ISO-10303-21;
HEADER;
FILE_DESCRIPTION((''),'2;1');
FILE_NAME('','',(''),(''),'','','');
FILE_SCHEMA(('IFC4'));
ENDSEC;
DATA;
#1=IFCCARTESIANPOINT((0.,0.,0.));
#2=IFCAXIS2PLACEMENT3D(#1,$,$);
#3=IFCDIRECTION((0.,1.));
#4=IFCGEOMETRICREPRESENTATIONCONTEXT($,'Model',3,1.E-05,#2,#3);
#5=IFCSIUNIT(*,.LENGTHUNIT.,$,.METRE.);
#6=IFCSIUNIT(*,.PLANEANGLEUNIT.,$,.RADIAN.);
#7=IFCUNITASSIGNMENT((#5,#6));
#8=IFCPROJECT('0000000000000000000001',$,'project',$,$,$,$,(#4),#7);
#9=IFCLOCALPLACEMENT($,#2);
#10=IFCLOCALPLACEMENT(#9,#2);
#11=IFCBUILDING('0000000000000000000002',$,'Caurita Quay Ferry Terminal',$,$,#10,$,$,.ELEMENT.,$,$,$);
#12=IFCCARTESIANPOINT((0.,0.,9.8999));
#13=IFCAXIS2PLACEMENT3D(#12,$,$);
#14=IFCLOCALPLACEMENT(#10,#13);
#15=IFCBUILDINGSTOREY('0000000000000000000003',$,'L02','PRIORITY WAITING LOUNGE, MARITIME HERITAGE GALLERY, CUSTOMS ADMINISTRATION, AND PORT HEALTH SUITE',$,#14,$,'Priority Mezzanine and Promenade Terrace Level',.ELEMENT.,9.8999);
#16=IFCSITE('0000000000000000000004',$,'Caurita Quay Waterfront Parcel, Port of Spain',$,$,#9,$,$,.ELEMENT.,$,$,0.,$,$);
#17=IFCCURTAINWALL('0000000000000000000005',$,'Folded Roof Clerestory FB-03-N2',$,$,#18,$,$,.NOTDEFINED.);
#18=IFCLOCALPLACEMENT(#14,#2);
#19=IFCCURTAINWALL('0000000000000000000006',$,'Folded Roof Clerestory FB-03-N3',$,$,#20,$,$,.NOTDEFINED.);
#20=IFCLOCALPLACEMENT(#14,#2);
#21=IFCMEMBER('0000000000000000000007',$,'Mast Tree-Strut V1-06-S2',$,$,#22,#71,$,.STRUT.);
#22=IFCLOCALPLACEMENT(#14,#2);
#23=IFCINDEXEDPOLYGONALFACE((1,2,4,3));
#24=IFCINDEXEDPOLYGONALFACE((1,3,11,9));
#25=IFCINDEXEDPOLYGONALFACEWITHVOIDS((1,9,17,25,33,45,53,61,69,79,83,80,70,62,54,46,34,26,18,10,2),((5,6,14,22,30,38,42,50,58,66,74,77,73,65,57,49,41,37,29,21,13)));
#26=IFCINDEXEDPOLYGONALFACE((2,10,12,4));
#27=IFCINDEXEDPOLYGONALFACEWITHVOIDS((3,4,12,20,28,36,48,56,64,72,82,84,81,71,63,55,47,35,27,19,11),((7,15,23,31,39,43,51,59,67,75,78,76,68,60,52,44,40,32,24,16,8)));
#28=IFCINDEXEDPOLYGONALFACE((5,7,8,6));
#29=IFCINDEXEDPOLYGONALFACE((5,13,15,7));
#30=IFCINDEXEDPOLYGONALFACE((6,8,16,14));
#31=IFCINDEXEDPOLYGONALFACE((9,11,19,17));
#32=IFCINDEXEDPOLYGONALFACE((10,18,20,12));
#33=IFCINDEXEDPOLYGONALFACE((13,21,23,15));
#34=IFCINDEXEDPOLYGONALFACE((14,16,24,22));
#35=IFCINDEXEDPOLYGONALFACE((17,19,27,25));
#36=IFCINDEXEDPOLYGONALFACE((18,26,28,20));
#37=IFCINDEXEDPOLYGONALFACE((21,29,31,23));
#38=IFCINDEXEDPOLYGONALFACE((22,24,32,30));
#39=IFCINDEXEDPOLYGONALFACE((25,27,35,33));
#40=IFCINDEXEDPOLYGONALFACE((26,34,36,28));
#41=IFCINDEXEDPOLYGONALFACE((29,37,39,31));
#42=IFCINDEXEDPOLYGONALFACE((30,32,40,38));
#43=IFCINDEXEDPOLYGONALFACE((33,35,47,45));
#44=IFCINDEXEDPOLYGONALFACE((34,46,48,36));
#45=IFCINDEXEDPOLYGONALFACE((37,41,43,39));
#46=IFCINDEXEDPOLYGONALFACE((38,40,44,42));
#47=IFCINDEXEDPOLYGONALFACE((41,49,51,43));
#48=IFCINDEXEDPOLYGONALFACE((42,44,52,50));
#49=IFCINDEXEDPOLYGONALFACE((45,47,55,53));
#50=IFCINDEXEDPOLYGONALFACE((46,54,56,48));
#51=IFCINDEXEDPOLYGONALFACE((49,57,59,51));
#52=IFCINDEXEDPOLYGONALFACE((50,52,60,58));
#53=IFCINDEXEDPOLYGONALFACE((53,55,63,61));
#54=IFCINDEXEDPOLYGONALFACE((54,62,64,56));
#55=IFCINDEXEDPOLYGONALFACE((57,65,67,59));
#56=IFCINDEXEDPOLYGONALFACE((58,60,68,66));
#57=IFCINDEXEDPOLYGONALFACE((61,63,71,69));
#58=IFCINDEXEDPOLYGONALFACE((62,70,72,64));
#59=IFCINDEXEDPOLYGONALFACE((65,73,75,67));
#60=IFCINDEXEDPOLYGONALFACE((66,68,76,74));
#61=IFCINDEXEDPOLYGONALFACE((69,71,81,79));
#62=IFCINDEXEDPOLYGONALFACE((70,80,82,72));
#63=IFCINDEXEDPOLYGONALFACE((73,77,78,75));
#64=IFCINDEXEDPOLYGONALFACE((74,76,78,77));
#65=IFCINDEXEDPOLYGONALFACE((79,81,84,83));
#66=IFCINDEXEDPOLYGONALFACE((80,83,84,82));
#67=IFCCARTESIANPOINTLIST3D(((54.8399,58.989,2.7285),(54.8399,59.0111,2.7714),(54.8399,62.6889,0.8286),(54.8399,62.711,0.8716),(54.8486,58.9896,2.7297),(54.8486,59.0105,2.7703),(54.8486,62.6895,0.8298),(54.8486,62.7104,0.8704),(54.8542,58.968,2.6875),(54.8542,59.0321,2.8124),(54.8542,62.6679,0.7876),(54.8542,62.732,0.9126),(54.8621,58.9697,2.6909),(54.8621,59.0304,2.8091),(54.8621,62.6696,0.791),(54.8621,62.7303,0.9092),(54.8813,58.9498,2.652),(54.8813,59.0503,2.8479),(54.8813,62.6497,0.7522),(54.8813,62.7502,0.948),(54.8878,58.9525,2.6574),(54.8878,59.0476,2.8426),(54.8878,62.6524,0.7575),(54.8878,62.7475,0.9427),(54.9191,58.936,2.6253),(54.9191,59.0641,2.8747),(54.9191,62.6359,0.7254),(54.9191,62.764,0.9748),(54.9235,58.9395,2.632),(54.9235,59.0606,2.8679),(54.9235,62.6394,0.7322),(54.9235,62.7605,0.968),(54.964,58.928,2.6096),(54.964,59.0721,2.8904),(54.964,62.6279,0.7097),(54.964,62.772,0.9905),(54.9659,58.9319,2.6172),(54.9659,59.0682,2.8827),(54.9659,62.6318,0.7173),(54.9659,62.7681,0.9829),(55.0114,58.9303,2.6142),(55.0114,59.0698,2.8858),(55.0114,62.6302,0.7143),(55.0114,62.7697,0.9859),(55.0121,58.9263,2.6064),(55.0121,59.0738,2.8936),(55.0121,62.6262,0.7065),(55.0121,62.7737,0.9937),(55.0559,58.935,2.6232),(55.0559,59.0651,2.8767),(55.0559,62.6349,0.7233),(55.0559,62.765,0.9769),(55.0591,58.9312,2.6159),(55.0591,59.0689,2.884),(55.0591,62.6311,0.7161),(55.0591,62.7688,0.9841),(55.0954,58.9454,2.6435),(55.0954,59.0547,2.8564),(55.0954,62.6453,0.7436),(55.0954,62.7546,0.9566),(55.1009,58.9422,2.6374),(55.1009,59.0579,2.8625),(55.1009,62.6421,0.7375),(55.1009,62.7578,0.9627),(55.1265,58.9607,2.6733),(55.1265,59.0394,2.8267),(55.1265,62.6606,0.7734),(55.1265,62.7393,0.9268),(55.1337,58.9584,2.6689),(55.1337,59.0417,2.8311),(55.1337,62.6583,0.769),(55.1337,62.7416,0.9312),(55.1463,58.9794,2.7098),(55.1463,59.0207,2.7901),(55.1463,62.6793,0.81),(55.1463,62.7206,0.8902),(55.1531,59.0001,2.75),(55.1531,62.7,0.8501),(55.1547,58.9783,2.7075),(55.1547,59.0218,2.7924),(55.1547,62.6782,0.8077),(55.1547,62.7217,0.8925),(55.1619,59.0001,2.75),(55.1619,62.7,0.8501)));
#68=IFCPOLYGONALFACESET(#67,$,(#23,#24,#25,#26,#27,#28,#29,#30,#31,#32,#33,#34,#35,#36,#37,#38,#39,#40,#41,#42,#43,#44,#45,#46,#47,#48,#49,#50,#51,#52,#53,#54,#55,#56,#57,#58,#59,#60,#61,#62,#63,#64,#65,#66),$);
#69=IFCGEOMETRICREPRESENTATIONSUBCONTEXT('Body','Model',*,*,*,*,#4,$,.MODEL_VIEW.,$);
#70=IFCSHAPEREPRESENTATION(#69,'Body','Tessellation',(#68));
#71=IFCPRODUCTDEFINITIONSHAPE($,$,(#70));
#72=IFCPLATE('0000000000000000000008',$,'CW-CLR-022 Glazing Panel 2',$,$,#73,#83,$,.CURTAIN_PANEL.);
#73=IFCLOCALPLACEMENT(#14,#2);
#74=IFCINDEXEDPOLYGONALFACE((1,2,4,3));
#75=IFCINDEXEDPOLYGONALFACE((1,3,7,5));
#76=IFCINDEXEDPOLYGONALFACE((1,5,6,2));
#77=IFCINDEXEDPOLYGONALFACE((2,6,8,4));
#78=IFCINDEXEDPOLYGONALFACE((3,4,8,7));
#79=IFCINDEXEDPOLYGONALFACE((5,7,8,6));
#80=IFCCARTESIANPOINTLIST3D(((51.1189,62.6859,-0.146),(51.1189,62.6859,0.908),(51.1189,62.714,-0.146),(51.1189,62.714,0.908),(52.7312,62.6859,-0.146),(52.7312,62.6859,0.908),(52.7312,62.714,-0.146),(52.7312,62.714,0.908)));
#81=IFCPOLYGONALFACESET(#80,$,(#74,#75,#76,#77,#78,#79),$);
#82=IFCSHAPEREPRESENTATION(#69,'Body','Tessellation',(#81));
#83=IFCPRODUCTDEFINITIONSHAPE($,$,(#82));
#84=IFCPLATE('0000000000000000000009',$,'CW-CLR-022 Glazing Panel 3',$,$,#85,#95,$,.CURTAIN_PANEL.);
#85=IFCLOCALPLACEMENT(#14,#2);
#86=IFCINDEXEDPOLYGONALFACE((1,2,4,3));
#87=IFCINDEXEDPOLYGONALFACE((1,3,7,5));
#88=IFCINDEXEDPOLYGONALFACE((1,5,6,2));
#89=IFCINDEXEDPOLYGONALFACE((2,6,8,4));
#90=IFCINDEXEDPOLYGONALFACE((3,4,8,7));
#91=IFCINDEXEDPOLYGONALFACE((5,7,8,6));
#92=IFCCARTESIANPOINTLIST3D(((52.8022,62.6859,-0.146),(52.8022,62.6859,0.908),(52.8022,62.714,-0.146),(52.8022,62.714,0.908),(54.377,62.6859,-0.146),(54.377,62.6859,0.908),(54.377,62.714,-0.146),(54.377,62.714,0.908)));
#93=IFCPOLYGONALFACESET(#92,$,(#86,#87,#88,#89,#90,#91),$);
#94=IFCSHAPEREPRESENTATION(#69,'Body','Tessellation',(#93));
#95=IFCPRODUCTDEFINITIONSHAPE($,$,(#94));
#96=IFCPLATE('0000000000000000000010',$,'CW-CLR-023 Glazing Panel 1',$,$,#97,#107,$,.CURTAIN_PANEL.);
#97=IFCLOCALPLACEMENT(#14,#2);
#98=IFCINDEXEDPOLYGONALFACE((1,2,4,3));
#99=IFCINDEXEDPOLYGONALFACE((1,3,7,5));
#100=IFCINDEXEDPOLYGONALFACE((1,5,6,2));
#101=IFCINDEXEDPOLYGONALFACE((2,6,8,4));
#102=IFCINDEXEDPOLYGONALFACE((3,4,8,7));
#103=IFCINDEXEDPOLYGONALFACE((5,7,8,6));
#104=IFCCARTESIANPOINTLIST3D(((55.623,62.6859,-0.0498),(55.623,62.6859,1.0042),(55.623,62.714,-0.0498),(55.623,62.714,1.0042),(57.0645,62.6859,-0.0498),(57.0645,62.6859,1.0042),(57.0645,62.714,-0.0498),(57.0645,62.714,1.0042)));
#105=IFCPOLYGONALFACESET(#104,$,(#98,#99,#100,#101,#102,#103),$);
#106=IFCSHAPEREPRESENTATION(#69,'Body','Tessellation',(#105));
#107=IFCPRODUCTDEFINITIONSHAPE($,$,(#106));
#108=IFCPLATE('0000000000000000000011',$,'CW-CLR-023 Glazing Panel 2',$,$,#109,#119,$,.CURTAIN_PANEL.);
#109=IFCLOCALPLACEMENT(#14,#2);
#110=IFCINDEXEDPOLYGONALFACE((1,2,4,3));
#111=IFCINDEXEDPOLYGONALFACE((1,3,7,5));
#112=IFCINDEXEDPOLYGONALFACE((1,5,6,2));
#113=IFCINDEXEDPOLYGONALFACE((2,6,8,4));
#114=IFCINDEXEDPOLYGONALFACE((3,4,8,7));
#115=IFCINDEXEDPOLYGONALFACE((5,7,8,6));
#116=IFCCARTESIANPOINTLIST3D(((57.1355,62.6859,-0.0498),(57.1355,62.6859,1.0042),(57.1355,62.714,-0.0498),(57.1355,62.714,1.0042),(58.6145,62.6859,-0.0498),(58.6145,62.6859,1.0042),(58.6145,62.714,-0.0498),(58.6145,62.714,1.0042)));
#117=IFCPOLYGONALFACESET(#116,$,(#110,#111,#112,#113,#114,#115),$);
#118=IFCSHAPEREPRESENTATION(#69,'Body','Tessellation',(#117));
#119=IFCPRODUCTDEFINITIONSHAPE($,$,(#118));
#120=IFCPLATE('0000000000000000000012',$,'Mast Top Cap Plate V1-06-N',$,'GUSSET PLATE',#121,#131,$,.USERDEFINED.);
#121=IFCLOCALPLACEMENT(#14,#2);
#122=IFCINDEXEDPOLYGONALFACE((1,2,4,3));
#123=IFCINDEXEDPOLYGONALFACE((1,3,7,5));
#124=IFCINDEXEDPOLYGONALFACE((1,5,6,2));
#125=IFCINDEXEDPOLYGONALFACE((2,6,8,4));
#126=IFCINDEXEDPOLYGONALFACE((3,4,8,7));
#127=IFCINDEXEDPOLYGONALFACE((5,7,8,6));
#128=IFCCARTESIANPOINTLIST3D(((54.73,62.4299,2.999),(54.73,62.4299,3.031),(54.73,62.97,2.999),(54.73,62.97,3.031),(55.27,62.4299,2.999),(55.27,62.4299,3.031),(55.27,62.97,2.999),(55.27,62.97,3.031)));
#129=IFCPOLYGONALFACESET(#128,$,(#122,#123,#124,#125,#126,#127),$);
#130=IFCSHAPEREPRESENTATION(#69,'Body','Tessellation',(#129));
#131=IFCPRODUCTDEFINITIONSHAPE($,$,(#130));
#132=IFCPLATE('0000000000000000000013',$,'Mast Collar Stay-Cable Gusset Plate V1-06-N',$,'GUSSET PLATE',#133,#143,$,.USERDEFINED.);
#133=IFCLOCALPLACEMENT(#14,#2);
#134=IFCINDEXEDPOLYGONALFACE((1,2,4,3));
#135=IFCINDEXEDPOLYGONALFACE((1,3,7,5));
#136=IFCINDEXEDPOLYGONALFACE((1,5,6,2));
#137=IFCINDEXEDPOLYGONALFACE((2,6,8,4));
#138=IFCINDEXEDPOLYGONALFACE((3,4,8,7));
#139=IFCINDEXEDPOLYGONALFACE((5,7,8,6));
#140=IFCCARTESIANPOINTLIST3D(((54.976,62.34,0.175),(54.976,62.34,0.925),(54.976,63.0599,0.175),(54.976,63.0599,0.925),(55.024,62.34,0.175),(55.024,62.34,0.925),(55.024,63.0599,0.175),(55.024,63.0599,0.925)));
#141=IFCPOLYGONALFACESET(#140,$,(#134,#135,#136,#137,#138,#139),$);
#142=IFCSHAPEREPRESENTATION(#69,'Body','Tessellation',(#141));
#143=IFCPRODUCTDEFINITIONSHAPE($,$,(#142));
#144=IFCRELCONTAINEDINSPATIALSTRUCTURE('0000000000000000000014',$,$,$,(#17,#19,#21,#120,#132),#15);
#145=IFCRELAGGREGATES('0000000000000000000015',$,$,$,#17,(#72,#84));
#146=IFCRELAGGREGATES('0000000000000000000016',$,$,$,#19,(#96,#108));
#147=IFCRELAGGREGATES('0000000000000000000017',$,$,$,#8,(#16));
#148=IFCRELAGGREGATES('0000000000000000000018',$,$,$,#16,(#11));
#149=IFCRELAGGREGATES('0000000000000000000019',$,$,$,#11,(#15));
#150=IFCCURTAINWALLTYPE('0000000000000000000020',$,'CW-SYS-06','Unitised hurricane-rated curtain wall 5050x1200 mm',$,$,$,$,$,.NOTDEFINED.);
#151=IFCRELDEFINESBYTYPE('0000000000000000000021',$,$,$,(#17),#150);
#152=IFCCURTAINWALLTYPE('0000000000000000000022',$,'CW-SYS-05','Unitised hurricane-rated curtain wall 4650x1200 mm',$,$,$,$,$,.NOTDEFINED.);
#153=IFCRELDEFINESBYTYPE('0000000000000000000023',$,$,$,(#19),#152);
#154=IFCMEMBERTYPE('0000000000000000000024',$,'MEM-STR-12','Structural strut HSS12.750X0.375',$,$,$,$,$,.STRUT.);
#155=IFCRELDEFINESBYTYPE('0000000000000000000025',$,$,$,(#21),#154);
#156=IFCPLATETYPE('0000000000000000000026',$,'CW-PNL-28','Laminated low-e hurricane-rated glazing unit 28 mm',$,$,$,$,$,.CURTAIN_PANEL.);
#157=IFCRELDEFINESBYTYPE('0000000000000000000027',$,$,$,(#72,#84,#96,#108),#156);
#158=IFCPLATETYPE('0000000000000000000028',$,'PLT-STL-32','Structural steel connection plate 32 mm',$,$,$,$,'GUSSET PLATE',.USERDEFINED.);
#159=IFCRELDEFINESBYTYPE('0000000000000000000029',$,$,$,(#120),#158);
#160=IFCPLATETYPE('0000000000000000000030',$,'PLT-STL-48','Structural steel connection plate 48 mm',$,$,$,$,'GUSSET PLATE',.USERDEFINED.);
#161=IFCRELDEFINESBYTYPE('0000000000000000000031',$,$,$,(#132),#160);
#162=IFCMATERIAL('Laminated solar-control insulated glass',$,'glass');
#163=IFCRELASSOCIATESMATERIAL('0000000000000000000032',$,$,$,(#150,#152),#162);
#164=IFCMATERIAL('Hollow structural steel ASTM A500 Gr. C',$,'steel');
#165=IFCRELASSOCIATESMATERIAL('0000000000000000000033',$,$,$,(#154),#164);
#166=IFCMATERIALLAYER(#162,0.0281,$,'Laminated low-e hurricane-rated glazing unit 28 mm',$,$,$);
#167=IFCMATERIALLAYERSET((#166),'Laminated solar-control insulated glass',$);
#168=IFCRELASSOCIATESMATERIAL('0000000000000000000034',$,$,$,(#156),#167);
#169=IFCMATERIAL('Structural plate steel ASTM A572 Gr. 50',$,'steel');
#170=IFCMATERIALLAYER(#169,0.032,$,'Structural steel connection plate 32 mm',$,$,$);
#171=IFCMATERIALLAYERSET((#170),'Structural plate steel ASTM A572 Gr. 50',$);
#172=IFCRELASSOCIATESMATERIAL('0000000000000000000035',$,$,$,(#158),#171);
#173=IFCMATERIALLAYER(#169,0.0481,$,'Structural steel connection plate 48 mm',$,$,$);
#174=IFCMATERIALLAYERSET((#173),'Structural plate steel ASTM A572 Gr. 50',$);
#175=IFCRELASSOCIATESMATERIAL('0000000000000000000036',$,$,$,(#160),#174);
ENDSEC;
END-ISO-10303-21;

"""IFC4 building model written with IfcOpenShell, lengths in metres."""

from ifc_helpers import new_model, si_unit, direction, frame, origin, origin_2d, place, context, subcontext, project, spatial, rectangle, hollow_circle, extrude, material, layer, layer_set, material_profile, profile_set, type_object, element, aggregate, save


model = new_model("IFC4")

# Units and contexts
model_context = context("Model", 3, precision=1e-05, world=origin(), true_north=direction((0.0, 1.0)))
body_context = subcontext(model_context, "Body", "Model", "MODEL_VIEW")
ifc_project = project(units=[si_unit("LENGTHUNIT", "METRE"), si_unit("PLANEANGLEUNIT", "RADIAN")], contexts=[model_context])

# Site, building, storey
site_placement = place(None, origin())
site = spatial("IfcSite", under=ifc_project, at=site_placement, Name="Caurita Quay Waterfront Parcel, Port of Spain", CompositionType="ELEMENT", RefElevation=0.0)
building_placement = place(site_placement, origin())
building = spatial("IfcBuilding", under=site, at=building_placement, Name="Caurita Quay Ferry Terminal", CompositionType="ELEMENT")
storey_placement = place(building_placement, frame((0.0, 0.0, 9.8999)))
storey = spatial("IfcBuildingStorey", under=building, at=storey_placement, Name="L02", Description="PRIORITY WAITING LOUNGE, MARITIME HERITAGE GALLERY, CUSTOMS ADMINISTRATION, AND PORT HEALTH SUITE", LongName="Priority Mezzanine and Promenade Terrace Level", CompositionType="ELEMENT", Elevation=9.8999)

# Shared definitions
ifc_material_1 = material(Name="Hollow structural steel ASTM A500 Gr. C", Category="steel")

# Curtain walls
ifc_material_2 = material(Name="Laminated solar-control insulated glass", Category="glass")
curtain_wall_type_1 = type_object("IfcCurtainWallType", Name="CW-SYS-06", Description="Unitised hurricane-rated curtain wall 5050x1200 mm", PredefinedType="NOTDEFINED", material=ifc_material_2)
curtain_wall_1_placement = place(storey_placement, origin())
curtain_wall_1 = element("IfcCurtainWall", 1, at=curtain_wall_1_placement, inside=storey, type_object=curtain_wall_type_1, Name="Folded Roof Clerestory FB-03-N2", PredefinedType="NOTDEFINED")
curtain_wall_type_2 = type_object("IfcCurtainWallType", Name="CW-SYS-05", Description="Unitised hurricane-rated curtain wall 4650x1200 mm", PredefinedType="NOTDEFINED", material=ifc_material_2)
curtain_wall_2_placement = place(storey_placement, origin())
curtain_wall_2 = element("IfcCurtainWall", 2, at=curtain_wall_2_placement, inside=storey, type_object=curtain_wall_type_2, Name="Folded Roof Clerestory FB-03-N3", PredefinedType="NOTDEFINED")

# Member
ifc_material_profile_1 = material_profile(ifc_material_1, hollow_circle(Radius=0.1619, WallThickness=0.0088, at=origin_2d()), Name="HSS12.750X0.375")
ifc_profile_set_1 = profile_set([ifc_material_profile_1], Name="Hollow structural steel ASTM A500 Gr. C")
member_type_1 = type_object("IfcMemberType", Name="MEM-STR-12", Description="Structural strut HSS12.750X0.375", PredefinedType="STRUT", material=ifc_profile_set_1)
member_1_placement = place(storey_placement, frame((55.0, 62.7, 0.8501), z_axis=(0.0, -0.889574, 0.456791), x_axis=(1.0, 0.0, 0.0)))
element("IfcMember", 3, at=member_1_placement, inside=storey, type_object=member_type_1, Name="Mast Tree-Strut V1-06-S2", PredefinedType="STRUT", context=body_context, shape_type="SweptSolid", body=[
    extrude(hollow_circle(Radius=0.1619, WallThickness=0.0088, at=origin_2d()), origin(), (0.0, 0.0, 1.0), 4.1592),
])

# Plates
ifc_layer_1 = layer(ifc_material_2, 0.0281, Name="Laminated low-e hurricane-rated glazing unit 28 mm")
ifc_layer_set_1 = layer_set([ifc_layer_1], Name="Laminated solar-control insulated glass")
plate_type_1 = type_object("IfcPlateType", Name="CW-PNL-28", Description="Laminated low-e hurricane-rated glazing unit 28 mm", PredefinedType="CURTAIN_PANEL", material=ifc_layer_set_1)
plate_1_placement = place(storey_placement, frame((51.925, 62.7, -0.146), z_axis=(0.0, 0.0, 1.0), x_axis=(1.0, 0.0, 0.0)))
plate_1 = element("IfcPlate", 4, at=plate_1_placement, type_object=plate_type_1, Name="CW-CLR-022 Glazing Panel 2", PredefinedType="CURTAIN_PANEL", context=body_context, shape_type="SweptSolid", body=[
    extrude(rectangle(XDim=1.6123, YDim=0.0281, at=origin_2d()), origin(), (0.0, 0.0, 1.0), 1.054),
])
plate_2_placement = place(storey_placement, frame((53.5896, 62.7, -0.146), z_axis=(0.0, 0.0, 1.0), x_axis=(1.0, 0.0, 0.0)))
plate_2 = element("IfcPlate", 5, at=plate_2_placement, type_object=plate_type_1, Name="CW-CLR-022 Glazing Panel 3", PredefinedType="CURTAIN_PANEL", context=body_context, shape_type="SweptSolid", body=[
    extrude(rectangle(XDim=1.5747, YDim=0.0281, at=origin_2d()), origin(), (0.0, 0.0, 1.0), 1.054),
])
aggregate(curtain_wall_1, [plate_1, plate_2])
plate_3_placement = place(storey_placement, frame((56.3438, 62.7, -0.0498), z_axis=(0.0, 0.0, 1.0), x_axis=(1.0, 0.0, 0.0)))
plate_3 = element("IfcPlate", 6, at=plate_3_placement, type_object=plate_type_1, Name="CW-CLR-023 Glazing Panel 1", PredefinedType="CURTAIN_PANEL", context=body_context, shape_type="SweptSolid", body=[
    extrude(rectangle(XDim=1.4414, YDim=0.0281, at=origin_2d()), origin(), (0.0, 0.0, 1.0), 1.054),
])
plate_4_placement = place(storey_placement, frame((57.875, 62.7, -0.0498), z_axis=(0.0, 0.0, 1.0), x_axis=(1.0, 0.0, 0.0)))
plate_4 = element("IfcPlate", 7, at=plate_4_placement, type_object=plate_type_1, Name="CW-CLR-023 Glazing Panel 2", PredefinedType="CURTAIN_PANEL", context=body_context, shape_type="SweptSolid", body=[
    extrude(rectangle(XDim=1.479, YDim=0.0281, at=origin_2d()), origin(), (0.0, 0.0, 1.0), 1.054),
])
aggregate(curtain_wall_2, [plate_3, plate_4])

# Plates
ifc_material_3 = material(Name="Structural plate steel ASTM A572 Gr. 50", Category="steel")
ifc_layer_2 = layer(ifc_material_3, 0.032, Name="Structural steel connection plate 32 mm")
ifc_layer_set_2 = layer_set([ifc_layer_2], Name="Structural plate steel ASTM A572 Gr. 50")
plate_type_2 = type_object("IfcPlateType", Name="PLT-STL-32", Description="Structural steel connection plate 32 mm", ElementType="GUSSET PLATE", PredefinedType="USERDEFINED", material=ifc_layer_set_2)
plate_5_placement = place(storey_placement, frame((55.0, 62.7, 2.999), z_axis=(0.0, 0.0, 1.0), x_axis=(1.0, 0.0, 0.0)))
element("IfcPlate", 8, at=plate_5_placement, inside=storey, type_object=plate_type_2, Name="Mast Top Cap Plate V1-06-N", ObjectType="GUSSET PLATE", PredefinedType="USERDEFINED", context=body_context, shape_type="SweptSolid", body=[
    extrude(rectangle(XDim=0.54, YDim=0.54, at=origin_2d()), origin(), (0.0, 0.0, 1.0), 0.032),
])
ifc_layer_3 = layer(ifc_material_3, 0.0481, Name="Structural steel connection plate 48 mm")
ifc_layer_set_3 = layer_set([ifc_layer_3], Name="Structural plate steel ASTM A572 Gr. 50")
plate_type_3 = type_object("IfcPlateType", Name="PLT-STL-48", Description="Structural steel connection plate 48 mm", ElementType="GUSSET PLATE", PredefinedType="USERDEFINED", material=ifc_layer_set_3)
plate_6_placement = place(storey_placement, frame((55.0, 62.7, 0.175), z_axis=(0.0, 0.0, 1.0), x_axis=(1.0, 0.0, 0.0)))
element("IfcPlate", 9, at=plate_6_placement, inside=storey, type_object=plate_type_3, Name="Mast Collar Stay-Cable Gusset Plate V1-06-N", ObjectType="GUSSET PLATE", PredefinedType="USERDEFINED", context=body_context, shape_type="SweptSolid", body=[
    extrude(rectangle(XDim=0.0481, YDim=0.72, at=origin_2d()), origin(), (0.0, 0.0, 1.0), 0.75),
])

save(model, "model.ifc")
